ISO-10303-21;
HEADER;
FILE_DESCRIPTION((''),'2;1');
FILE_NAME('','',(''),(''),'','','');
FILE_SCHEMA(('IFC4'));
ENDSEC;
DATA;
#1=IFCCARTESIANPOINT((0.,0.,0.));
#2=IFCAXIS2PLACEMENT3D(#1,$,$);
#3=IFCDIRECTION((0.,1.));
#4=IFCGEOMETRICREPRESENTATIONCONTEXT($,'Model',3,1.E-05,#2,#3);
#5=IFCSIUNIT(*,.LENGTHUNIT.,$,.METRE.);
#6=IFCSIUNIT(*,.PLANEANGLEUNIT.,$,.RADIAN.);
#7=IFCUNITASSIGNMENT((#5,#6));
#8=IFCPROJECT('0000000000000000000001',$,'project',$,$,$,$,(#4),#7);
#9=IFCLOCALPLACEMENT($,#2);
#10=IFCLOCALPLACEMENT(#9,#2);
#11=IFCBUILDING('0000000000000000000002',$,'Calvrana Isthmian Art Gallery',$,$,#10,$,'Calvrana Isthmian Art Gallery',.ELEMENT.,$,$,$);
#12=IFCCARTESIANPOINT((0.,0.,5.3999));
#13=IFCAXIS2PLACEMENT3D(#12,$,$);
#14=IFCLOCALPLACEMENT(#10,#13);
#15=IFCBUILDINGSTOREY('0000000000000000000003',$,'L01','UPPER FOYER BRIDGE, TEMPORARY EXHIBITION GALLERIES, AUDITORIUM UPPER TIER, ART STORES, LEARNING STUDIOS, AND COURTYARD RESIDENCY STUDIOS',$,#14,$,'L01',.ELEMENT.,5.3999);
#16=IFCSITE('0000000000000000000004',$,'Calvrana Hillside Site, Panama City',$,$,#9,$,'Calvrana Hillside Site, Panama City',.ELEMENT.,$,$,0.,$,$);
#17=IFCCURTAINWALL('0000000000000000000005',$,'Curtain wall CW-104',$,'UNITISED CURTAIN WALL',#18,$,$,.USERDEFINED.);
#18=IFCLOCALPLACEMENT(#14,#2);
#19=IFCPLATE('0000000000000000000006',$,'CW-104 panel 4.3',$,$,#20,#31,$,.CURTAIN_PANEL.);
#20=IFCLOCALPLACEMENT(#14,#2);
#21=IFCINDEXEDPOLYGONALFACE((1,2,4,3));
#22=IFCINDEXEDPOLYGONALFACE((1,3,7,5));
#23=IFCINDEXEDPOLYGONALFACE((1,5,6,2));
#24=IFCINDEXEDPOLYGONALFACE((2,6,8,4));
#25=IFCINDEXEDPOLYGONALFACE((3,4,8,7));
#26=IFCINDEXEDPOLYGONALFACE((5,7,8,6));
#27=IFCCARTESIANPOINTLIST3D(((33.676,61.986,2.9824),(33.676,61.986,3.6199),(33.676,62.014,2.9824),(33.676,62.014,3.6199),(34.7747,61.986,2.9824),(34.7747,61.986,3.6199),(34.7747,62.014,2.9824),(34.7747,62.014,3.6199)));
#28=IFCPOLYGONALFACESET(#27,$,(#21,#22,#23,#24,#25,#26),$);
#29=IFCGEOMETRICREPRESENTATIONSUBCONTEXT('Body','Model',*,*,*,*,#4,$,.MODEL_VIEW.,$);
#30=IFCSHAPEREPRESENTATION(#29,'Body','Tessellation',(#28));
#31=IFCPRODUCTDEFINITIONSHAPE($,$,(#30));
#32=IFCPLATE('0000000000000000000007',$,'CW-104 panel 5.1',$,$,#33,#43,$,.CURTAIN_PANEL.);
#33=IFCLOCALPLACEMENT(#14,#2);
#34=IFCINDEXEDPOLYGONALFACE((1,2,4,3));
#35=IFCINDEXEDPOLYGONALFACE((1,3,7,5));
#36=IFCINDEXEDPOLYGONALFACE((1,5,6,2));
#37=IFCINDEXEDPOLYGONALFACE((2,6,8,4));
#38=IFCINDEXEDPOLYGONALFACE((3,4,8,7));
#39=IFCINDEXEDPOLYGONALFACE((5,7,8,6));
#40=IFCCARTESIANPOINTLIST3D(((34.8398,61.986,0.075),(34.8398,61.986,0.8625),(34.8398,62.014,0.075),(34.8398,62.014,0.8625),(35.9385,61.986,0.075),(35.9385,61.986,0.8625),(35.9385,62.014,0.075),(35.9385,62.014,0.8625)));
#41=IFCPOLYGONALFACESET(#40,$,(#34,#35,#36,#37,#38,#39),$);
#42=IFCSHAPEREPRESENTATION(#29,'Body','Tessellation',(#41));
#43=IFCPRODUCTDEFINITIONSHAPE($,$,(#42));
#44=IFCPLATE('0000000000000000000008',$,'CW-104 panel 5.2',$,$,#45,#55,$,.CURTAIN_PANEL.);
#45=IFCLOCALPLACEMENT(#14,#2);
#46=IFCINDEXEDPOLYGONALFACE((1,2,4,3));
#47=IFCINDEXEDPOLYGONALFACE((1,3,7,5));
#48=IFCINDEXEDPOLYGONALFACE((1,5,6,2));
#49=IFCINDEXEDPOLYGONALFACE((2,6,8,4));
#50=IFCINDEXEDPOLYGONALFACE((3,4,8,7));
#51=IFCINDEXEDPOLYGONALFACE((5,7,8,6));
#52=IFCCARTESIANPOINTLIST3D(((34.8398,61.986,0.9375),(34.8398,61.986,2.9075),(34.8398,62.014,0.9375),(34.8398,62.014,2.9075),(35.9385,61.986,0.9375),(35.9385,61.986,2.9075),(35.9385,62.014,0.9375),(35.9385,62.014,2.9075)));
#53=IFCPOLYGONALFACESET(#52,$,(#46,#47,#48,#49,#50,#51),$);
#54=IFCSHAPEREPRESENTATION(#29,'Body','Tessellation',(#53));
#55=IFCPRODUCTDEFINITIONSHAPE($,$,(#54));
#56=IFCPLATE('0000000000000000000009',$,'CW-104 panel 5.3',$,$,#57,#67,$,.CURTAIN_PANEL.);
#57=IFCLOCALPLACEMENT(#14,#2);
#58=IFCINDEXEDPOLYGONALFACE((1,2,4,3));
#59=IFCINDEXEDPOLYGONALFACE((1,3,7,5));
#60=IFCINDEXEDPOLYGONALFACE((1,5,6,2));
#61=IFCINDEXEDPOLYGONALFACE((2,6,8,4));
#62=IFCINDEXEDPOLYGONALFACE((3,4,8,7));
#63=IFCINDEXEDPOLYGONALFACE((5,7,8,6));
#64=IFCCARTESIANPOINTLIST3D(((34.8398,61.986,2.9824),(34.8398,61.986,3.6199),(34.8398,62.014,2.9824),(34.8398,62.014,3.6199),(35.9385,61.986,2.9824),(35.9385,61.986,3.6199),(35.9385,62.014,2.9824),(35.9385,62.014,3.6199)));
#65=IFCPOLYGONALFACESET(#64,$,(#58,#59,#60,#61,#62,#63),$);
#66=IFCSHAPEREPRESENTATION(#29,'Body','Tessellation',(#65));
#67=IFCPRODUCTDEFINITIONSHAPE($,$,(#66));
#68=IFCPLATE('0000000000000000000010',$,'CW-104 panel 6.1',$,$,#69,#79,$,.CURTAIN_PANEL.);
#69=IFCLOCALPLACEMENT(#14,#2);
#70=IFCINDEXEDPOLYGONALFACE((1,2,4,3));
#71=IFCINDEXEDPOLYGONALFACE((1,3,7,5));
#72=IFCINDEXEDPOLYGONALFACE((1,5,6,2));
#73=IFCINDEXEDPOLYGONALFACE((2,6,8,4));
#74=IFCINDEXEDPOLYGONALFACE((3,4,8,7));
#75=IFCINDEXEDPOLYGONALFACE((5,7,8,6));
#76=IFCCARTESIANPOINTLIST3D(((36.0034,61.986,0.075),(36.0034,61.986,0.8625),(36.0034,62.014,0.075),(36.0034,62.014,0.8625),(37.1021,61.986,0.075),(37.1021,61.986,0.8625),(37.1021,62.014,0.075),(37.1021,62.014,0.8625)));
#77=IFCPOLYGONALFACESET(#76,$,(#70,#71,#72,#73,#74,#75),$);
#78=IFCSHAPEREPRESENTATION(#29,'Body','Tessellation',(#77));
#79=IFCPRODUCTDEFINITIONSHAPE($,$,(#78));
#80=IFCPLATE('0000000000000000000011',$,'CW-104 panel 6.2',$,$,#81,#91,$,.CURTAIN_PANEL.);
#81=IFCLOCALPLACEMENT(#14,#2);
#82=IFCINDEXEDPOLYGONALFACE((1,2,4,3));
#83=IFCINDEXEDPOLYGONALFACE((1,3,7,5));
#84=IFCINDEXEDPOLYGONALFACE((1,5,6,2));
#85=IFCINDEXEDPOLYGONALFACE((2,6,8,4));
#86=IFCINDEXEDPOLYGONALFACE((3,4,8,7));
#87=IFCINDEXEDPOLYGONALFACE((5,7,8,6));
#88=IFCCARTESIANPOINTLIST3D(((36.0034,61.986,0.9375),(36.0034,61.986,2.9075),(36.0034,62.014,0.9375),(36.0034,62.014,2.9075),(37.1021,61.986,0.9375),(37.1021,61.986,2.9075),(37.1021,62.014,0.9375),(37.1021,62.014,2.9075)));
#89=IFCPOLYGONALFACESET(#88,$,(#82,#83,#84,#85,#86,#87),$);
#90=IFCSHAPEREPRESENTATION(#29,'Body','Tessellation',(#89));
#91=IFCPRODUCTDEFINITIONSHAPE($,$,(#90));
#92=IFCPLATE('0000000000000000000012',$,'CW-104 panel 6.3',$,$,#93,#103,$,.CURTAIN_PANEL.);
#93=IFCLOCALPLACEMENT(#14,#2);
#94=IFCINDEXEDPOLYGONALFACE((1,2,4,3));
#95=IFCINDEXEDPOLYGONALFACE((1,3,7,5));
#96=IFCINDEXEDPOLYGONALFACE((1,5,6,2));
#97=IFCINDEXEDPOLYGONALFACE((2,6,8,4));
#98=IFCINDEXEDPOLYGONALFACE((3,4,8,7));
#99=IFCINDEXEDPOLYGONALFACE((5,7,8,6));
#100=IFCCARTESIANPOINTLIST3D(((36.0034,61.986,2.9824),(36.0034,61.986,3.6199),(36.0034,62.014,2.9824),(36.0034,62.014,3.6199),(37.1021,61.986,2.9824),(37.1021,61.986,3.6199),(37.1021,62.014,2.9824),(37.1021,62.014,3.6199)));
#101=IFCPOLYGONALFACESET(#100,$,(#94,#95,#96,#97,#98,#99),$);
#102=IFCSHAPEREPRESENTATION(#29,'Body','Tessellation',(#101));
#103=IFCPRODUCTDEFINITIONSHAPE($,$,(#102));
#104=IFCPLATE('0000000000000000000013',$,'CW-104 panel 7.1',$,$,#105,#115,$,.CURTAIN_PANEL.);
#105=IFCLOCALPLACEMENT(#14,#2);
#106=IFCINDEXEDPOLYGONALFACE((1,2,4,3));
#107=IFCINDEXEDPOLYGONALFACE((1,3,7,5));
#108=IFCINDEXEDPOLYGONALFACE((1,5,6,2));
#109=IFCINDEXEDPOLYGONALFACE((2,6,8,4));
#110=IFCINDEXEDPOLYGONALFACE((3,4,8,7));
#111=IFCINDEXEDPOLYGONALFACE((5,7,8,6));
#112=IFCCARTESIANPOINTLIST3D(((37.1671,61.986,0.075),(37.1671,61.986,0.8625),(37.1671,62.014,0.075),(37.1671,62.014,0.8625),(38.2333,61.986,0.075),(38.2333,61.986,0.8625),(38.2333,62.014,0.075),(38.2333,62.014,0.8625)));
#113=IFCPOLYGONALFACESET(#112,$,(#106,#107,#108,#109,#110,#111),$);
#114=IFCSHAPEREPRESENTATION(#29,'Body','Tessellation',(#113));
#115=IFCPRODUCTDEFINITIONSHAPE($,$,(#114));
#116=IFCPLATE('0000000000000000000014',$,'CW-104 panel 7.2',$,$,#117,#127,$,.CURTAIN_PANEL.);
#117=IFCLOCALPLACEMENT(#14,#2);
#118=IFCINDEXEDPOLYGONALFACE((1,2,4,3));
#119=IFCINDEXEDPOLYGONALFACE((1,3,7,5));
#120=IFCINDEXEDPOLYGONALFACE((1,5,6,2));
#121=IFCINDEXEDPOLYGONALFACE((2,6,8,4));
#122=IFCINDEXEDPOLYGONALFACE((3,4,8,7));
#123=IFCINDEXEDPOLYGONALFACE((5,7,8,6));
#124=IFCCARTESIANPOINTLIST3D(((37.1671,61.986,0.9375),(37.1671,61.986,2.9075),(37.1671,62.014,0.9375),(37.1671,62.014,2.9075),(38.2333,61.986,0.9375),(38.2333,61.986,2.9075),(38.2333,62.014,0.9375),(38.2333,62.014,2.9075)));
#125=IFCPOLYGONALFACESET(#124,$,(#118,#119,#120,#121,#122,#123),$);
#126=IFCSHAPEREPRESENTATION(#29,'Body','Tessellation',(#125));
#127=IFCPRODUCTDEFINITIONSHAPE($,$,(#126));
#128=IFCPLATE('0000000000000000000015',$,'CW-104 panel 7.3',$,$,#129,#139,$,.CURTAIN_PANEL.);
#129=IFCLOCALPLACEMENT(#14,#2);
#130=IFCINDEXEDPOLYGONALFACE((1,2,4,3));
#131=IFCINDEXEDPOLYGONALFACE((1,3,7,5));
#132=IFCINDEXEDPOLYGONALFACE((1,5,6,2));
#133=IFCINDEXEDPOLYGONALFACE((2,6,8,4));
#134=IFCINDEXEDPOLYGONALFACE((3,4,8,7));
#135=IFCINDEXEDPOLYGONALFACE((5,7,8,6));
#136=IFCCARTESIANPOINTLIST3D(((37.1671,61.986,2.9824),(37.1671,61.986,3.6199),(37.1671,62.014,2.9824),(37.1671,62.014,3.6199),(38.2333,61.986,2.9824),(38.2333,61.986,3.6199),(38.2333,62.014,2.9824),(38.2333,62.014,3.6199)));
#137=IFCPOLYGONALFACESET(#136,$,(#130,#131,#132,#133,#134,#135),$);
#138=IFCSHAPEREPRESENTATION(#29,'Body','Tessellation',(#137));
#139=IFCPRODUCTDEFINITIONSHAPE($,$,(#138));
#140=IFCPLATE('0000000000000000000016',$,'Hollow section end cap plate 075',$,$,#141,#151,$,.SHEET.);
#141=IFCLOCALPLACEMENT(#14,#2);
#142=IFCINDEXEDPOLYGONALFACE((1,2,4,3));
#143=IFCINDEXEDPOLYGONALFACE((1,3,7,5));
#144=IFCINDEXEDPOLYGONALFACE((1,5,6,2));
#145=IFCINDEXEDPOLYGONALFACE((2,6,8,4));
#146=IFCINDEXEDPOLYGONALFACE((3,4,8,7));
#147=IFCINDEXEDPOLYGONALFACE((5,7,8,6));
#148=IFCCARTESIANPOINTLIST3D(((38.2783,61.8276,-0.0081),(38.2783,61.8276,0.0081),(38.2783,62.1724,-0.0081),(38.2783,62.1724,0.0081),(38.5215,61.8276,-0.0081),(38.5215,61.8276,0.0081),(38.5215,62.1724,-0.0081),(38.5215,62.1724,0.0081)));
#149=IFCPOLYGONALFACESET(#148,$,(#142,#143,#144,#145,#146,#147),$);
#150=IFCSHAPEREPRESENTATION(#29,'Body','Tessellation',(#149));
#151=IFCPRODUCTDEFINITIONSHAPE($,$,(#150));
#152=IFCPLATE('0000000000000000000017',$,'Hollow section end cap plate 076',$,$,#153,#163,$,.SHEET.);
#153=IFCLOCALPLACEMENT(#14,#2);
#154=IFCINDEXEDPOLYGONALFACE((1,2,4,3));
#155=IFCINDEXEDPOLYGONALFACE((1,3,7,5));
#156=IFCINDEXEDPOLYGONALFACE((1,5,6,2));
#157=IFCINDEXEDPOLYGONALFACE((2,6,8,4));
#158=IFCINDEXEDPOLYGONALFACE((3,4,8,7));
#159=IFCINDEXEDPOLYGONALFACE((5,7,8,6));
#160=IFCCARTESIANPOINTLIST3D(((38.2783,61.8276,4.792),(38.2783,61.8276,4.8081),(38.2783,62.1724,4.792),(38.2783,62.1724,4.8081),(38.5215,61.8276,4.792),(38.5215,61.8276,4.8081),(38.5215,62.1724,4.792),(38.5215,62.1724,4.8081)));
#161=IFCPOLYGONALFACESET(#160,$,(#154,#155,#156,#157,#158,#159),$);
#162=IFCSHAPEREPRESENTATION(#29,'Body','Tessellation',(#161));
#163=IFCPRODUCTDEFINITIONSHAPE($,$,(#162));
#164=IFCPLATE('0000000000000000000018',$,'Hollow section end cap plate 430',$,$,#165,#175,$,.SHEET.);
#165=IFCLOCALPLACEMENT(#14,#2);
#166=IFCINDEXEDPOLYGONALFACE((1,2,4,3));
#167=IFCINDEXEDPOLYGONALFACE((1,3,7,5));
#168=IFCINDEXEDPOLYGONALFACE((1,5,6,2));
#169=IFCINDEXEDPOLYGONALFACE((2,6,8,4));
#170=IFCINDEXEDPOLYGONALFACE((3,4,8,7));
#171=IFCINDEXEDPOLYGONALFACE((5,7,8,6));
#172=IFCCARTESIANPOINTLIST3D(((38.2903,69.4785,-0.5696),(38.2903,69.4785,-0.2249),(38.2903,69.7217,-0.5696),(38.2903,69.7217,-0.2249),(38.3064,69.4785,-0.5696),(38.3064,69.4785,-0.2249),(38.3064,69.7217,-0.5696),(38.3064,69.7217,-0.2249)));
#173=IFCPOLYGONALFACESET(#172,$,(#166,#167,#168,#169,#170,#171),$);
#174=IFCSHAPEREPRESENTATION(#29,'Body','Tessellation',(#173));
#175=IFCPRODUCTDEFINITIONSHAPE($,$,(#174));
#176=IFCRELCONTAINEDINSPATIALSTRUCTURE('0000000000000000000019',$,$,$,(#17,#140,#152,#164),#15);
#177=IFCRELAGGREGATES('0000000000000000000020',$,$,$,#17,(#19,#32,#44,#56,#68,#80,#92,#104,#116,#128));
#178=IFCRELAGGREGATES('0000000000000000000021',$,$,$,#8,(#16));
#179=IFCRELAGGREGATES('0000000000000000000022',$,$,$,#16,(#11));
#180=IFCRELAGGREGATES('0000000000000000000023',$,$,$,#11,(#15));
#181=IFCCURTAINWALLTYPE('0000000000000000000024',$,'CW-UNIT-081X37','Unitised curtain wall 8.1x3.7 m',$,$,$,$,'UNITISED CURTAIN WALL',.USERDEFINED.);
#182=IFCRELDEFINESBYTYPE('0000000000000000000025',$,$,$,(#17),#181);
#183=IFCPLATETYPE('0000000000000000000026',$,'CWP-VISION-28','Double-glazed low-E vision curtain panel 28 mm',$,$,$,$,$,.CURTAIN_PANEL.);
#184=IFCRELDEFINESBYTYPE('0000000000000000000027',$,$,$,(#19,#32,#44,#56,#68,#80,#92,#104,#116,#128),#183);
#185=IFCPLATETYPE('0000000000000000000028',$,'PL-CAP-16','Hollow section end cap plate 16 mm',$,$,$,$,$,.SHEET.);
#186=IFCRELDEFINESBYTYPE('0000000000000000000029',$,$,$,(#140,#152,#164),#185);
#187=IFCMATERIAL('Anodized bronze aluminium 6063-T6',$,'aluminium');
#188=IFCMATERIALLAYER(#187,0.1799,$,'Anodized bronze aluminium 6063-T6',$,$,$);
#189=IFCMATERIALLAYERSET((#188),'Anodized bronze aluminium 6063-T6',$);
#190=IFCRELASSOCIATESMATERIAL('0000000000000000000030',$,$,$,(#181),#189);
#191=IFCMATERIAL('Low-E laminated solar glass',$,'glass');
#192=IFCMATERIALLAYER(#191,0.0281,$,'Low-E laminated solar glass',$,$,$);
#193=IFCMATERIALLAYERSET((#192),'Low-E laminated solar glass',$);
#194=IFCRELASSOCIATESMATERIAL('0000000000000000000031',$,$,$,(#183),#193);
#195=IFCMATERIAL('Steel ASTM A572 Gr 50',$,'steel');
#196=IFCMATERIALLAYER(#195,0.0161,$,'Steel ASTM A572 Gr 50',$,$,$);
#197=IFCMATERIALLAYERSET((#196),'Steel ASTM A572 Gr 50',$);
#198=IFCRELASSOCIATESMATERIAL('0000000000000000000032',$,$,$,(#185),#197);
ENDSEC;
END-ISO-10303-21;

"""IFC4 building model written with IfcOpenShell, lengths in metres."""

from ifc_helpers import new_model, si_unit, direction, frame, origin, origin_2d, place, context, subcontext, project, spatial, rectangle, extrude, material, layer, layer_set, type_object, element, aggregate, save


model = new_model("IFC4")

# Units and contexts
model_context = context("Model", 3, precision=1e-05, world=origin(), true_north=direction((0.0, 1.0)))
body_context = subcontext(model_context, "Body", "Model", "MODEL_VIEW")
ifc_project = project(units=[si_unit("LENGTHUNIT", "METRE"), si_unit("PLANEANGLEUNIT", "RADIAN")], contexts=[model_context])

# Site, building, storey
site_placement = place(None, origin())
site = spatial("IfcSite", under=ifc_project, at=site_placement, Name="Calvrana Hillside Site, Panama City", LongName="Calvrana Hillside Site, Panama City", CompositionType="ELEMENT", RefElevation=0.0)
building_placement = place(site_placement, origin())
building = spatial("IfcBuilding", under=site, at=building_placement, Name="Calvrana Isthmian Art Gallery", LongName="Calvrana Isthmian Art Gallery", CompositionType="ELEMENT")
storey_placement = place(building_placement, frame((0.0, 0.0, 5.3999)))
storey = spatial("IfcBuildingStorey", under=building, at=storey_placement, Name="L01", Description="UPPER FOYER BRIDGE, TEMPORARY EXHIBITION GALLERIES, AUDITORIUM UPPER TIER, ART STORES, LEARNING STUDIOS, AND COURTYARD RESIDENCY STUDIOS", LongName="L01", CompositionType="ELEMENT", Elevation=5.3999)

# Curtain wall, plates
ifc_material_1 = material(Name="Anodized bronze aluminium 6063-T6", Category="aluminium")
ifc_layer_1 = layer(ifc_material_1, 0.1799, Name="Anodized bronze aluminium 6063-T6")
ifc_layer_set_1 = layer_set([ifc_layer_1], Name="Anodized bronze aluminium 6063-T6")
curtain_wall_type = type_object("IfcCurtainWallType", Name="CW-UNIT-081X37", Description="Unitised curtain wall 8.1x3.7 m", ElementType="UNITISED CURTAIN WALL", PredefinedType="USERDEFINED", material=ifc_layer_set_1)
curtain_wall_placement = place(storey_placement, origin())
curtain_wall = element("IfcCurtainWall", 1, at=curtain_wall_placement, inside=storey, type_object=curtain_wall_type, Name="Curtain wall CW-104", ObjectType="UNITISED CURTAIN WALL", PredefinedType="USERDEFINED")
ifc_material_2 = material(Name="Low-E laminated solar glass", Category="glass")
ifc_layer_2 = layer(ifc_material_2, 0.0281, Name="Low-E laminated solar glass")
ifc_layer_set_2 = layer_set([ifc_layer_2], Name="Low-E laminated solar glass")
plate_type_1 = type_object("IfcPlateType", Name="CWP-VISION-28", Description="Double-glazed low-E vision curtain panel 28 mm", PredefinedType="CURTAIN_PANEL", material=ifc_layer_set_2)
plate_1_placement = place(storey_placement, frame((34.2253, 62.0, 2.9824), z_axis=(0.0, 0.0, 1.0), x_axis=(1.0, 0.0, 0.0)))
plate_1 = element("IfcPlate", 2, at=plate_1_placement, type_object=plate_type_1, Name="CW-104 panel 4.3", PredefinedType="CURTAIN_PANEL", context=body_context, shape_type="SweptSolid", body=[
    extrude(rectangle(XDim=1.0986, YDim=0.0281, at=origin_2d()), origin(), (0.0, 0.0, 1.0), 0.6375),
])
plate_2_placement = place(storey_placement, frame((35.3892, 62.0, 0.075), z_axis=(0.0, 0.0, 1.0), x_axis=(1.0, 0.0, 0.0)))
plate_2 = element("IfcPlate", 3, at=plate_2_placement, type_object=plate_type_1, Name="CW-104 panel 5.1", PredefinedType="CURTAIN_PANEL", context=body_context, shape_type="SweptSolid", body=[
    extrude(rectangle(XDim=1.0986, YDim=0.0281, at=origin_2d()), origin(), (0.0, 0.0, 1.0), 0.7876),
])
plate_3_placement = place(storey_placement, frame((35.3892, 62.0, 0.9375), z_axis=(0.0, 0.0, 1.0), x_axis=(1.0, 0.0, 0.0)))
plate_3 = element("IfcPlate", 4, at=plate_3_placement, type_object=plate_type_1, Name="CW-104 panel 5.2", PredefinedType="CURTAIN_PANEL", context=body_context, shape_type="SweptSolid", body=[
    extrude(rectangle(XDim=1.0986, YDim=0.0281, at=origin_2d()), origin(), (0.0, 0.0, 1.0), 1.97),
])
plate_4_placement = place(storey_placement, frame((35.3892, 62.0, 2.9824), z_axis=(0.0, 0.0, 1.0), x_axis=(1.0, 0.0, 0.0)))
plate_4 = element("IfcPlate", 5, at=plate_4_placement, type_object=plate_type_1, Name="CW-104 panel 5.3", PredefinedType="CURTAIN_PANEL", context=body_context, shape_type="SweptSolid", body=[
    extrude(rectangle(XDim=1.0986, YDim=0.0281, at=origin_2d()), origin(), (0.0, 0.0, 1.0), 0.6375),
])
plate_5_placement = place(storey_placement, frame((36.5527, 62.0, 0.075), z_axis=(0.0, 0.0, 1.0), x_axis=(1.0, 0.0, 0.0)))
plate_5 = element("IfcPlate", 6, at=plate_5_placement, type_object=plate_type_1, Name="CW-104 panel 6.1", PredefinedType="CURTAIN_PANEL", context=body_context, shape_type="SweptSolid", body=[
    extrude(rectangle(XDim=1.0986, YDim=0.0281, at=origin_2d()), origin(), (0.0, 0.0, 1.0), 0.7876),
])
plate_6_placement = place(storey_placement, frame((36.5527, 62.0, 0.9375), z_axis=(0.0, 0.0, 1.0), x_axis=(1.0, 0.0, 0.0)))
plate_6 = element("IfcPlate", 7, at=plate_6_placement, type_object=plate_type_1, Name="CW-104 panel 6.2", PredefinedType="CURTAIN_PANEL", context=body_context, shape_type="SweptSolid", body=[
    extrude(rectangle(XDim=1.0986, YDim=0.0281, at=origin_2d()), origin(), (0.0, 0.0, 1.0), 1.97),
])
plate_7_placement = place(storey_placement, frame((36.5527, 62.0, 2.9824), z_axis=(0.0, 0.0, 1.0), x_axis=(1.0, 0.0, 0.0)))
plate_7 = element("IfcPlate", 8, at=plate_7_placement, type_object=plate_type_1, Name="CW-104 panel 6.3", PredefinedType="CURTAIN_PANEL", context=body_context, shape_type="SweptSolid", body=[
    extrude(rectangle(XDim=1.0986, YDim=0.0281, at=origin_2d()), origin(), (0.0, 0.0, 1.0), 0.6375),
])
plate_8_placement = place(storey_placement, frame((37.7002, 62.0, 0.075), z_axis=(0.0, 0.0, 1.0), x_axis=(1.0, 0.0, 0.0)))
plate_8 = element("IfcPlate", 9, at=plate_8_placement, type_object=plate_type_1, Name="CW-104 panel 7.1", PredefinedType="CURTAIN_PANEL", context=body_context, shape_type="SweptSolid", body=[
    extrude(rectangle(XDim=1.0662, YDim=0.0281, at=origin_2d()), origin(), (0.0, 0.0, 1.0), 0.7876),
])
plate_9_placement = place(storey_placement, frame((37.7002, 62.0, 0.9375), z_axis=(0.0, 0.0, 1.0), x_axis=(1.0, 0.0, 0.0)))
plate_9 = element("IfcPlate", 10, at=plate_9_placement, type_object=plate_type_1, Name="CW-104 panel 7.2", PredefinedType="CURTAIN_PANEL", context=body_context, shape_type="SweptSolid", body=[
    extrude(rectangle(XDim=1.0662, YDim=0.0281, at=origin_2d()), origin(), (0.0, 0.0, 1.0), 1.97),
])
plate_10_placement = place(storey_placement, frame((37.7002, 62.0, 2.9824), z_axis=(0.0, 0.0, 1.0), x_axis=(1.0, 0.0, 0.0)))
plate_10 = element("IfcPlate", 11, at=plate_10_placement, type_object=plate_type_1, Name="CW-104 panel 7.3", PredefinedType="CURTAIN_PANEL", context=body_context, shape_type="SweptSolid", body=[
    extrude(rectangle(XDim=1.0662, YDim=0.0281, at=origin_2d()), origin(), (0.0, 0.0, 1.0), 0.6375),
])
aggregate(curtain_wall, [plate_1, plate_2, plate_3, plate_4, plate_5, plate_6, plate_7, plate_8, plate_9, plate_10])

# Plates
ifc_material_3 = material(Name="Steel ASTM A572 Gr 50", Category="steel")
ifc_layer_3 = layer(ifc_material_3, 0.0161, Name="Steel ASTM A572 Gr 50")
ifc_layer_set_3 = layer_set([ifc_layer_3], Name="Steel ASTM A572 Gr 50")
plate_type_2 = type_object("IfcPlateType", Name="PL-CAP-16", Description="Hollow section end cap plate 16 mm", PredefinedType="SHEET", material=ifc_layer_set_3)
for number, where, z_axis, x_axis, name in (
    (12, (38.3999, 62.0, -0.0081), (0.0, 0.0, 1.0), (1.0, 0.0, 0.0), "Hollow section end cap plate 075"),
    (13, (38.3999, 62.0, 4.792), (0.0, 0.0, 1.0), (1.0, 0.0, 0.0), "Hollow section end cap plate 076"),
):
    element("IfcPlate", number, at=place(storey_placement, frame(where, z_axis=z_axis, x_axis=x_axis)), inside=storey, type_object=plate_type_2, Name=name, PredefinedType="SHEET", context=body_context, shape_type="SweptSolid", body=[
        extrude(rectangle(XDim=0.2432, YDim=0.3447, at=origin_2d()), origin(), (0.0, 0.0, 1.0), 0.0161),
    ])
plate_11_placement = place(storey_placement, frame((38.2983, 69.6001, -0.5696), z_axis=(0.0, 0.0, 1.0), x_axis=(1.0, 0.0, 0.0)))
element("IfcPlate", 14, at=plate_11_placement, inside=storey, type_object=plate_type_2, Name="Hollow section end cap plate 430", PredefinedType="SHEET", context=body_context, shape_type="SweptSolid", body=[
    extrude(rectangle(XDim=0.0161, YDim=0.2432, at=origin_2d()), origin(), (0.0, 0.0, 1.0), 0.3447),
])

save(model, "model.ifc")
